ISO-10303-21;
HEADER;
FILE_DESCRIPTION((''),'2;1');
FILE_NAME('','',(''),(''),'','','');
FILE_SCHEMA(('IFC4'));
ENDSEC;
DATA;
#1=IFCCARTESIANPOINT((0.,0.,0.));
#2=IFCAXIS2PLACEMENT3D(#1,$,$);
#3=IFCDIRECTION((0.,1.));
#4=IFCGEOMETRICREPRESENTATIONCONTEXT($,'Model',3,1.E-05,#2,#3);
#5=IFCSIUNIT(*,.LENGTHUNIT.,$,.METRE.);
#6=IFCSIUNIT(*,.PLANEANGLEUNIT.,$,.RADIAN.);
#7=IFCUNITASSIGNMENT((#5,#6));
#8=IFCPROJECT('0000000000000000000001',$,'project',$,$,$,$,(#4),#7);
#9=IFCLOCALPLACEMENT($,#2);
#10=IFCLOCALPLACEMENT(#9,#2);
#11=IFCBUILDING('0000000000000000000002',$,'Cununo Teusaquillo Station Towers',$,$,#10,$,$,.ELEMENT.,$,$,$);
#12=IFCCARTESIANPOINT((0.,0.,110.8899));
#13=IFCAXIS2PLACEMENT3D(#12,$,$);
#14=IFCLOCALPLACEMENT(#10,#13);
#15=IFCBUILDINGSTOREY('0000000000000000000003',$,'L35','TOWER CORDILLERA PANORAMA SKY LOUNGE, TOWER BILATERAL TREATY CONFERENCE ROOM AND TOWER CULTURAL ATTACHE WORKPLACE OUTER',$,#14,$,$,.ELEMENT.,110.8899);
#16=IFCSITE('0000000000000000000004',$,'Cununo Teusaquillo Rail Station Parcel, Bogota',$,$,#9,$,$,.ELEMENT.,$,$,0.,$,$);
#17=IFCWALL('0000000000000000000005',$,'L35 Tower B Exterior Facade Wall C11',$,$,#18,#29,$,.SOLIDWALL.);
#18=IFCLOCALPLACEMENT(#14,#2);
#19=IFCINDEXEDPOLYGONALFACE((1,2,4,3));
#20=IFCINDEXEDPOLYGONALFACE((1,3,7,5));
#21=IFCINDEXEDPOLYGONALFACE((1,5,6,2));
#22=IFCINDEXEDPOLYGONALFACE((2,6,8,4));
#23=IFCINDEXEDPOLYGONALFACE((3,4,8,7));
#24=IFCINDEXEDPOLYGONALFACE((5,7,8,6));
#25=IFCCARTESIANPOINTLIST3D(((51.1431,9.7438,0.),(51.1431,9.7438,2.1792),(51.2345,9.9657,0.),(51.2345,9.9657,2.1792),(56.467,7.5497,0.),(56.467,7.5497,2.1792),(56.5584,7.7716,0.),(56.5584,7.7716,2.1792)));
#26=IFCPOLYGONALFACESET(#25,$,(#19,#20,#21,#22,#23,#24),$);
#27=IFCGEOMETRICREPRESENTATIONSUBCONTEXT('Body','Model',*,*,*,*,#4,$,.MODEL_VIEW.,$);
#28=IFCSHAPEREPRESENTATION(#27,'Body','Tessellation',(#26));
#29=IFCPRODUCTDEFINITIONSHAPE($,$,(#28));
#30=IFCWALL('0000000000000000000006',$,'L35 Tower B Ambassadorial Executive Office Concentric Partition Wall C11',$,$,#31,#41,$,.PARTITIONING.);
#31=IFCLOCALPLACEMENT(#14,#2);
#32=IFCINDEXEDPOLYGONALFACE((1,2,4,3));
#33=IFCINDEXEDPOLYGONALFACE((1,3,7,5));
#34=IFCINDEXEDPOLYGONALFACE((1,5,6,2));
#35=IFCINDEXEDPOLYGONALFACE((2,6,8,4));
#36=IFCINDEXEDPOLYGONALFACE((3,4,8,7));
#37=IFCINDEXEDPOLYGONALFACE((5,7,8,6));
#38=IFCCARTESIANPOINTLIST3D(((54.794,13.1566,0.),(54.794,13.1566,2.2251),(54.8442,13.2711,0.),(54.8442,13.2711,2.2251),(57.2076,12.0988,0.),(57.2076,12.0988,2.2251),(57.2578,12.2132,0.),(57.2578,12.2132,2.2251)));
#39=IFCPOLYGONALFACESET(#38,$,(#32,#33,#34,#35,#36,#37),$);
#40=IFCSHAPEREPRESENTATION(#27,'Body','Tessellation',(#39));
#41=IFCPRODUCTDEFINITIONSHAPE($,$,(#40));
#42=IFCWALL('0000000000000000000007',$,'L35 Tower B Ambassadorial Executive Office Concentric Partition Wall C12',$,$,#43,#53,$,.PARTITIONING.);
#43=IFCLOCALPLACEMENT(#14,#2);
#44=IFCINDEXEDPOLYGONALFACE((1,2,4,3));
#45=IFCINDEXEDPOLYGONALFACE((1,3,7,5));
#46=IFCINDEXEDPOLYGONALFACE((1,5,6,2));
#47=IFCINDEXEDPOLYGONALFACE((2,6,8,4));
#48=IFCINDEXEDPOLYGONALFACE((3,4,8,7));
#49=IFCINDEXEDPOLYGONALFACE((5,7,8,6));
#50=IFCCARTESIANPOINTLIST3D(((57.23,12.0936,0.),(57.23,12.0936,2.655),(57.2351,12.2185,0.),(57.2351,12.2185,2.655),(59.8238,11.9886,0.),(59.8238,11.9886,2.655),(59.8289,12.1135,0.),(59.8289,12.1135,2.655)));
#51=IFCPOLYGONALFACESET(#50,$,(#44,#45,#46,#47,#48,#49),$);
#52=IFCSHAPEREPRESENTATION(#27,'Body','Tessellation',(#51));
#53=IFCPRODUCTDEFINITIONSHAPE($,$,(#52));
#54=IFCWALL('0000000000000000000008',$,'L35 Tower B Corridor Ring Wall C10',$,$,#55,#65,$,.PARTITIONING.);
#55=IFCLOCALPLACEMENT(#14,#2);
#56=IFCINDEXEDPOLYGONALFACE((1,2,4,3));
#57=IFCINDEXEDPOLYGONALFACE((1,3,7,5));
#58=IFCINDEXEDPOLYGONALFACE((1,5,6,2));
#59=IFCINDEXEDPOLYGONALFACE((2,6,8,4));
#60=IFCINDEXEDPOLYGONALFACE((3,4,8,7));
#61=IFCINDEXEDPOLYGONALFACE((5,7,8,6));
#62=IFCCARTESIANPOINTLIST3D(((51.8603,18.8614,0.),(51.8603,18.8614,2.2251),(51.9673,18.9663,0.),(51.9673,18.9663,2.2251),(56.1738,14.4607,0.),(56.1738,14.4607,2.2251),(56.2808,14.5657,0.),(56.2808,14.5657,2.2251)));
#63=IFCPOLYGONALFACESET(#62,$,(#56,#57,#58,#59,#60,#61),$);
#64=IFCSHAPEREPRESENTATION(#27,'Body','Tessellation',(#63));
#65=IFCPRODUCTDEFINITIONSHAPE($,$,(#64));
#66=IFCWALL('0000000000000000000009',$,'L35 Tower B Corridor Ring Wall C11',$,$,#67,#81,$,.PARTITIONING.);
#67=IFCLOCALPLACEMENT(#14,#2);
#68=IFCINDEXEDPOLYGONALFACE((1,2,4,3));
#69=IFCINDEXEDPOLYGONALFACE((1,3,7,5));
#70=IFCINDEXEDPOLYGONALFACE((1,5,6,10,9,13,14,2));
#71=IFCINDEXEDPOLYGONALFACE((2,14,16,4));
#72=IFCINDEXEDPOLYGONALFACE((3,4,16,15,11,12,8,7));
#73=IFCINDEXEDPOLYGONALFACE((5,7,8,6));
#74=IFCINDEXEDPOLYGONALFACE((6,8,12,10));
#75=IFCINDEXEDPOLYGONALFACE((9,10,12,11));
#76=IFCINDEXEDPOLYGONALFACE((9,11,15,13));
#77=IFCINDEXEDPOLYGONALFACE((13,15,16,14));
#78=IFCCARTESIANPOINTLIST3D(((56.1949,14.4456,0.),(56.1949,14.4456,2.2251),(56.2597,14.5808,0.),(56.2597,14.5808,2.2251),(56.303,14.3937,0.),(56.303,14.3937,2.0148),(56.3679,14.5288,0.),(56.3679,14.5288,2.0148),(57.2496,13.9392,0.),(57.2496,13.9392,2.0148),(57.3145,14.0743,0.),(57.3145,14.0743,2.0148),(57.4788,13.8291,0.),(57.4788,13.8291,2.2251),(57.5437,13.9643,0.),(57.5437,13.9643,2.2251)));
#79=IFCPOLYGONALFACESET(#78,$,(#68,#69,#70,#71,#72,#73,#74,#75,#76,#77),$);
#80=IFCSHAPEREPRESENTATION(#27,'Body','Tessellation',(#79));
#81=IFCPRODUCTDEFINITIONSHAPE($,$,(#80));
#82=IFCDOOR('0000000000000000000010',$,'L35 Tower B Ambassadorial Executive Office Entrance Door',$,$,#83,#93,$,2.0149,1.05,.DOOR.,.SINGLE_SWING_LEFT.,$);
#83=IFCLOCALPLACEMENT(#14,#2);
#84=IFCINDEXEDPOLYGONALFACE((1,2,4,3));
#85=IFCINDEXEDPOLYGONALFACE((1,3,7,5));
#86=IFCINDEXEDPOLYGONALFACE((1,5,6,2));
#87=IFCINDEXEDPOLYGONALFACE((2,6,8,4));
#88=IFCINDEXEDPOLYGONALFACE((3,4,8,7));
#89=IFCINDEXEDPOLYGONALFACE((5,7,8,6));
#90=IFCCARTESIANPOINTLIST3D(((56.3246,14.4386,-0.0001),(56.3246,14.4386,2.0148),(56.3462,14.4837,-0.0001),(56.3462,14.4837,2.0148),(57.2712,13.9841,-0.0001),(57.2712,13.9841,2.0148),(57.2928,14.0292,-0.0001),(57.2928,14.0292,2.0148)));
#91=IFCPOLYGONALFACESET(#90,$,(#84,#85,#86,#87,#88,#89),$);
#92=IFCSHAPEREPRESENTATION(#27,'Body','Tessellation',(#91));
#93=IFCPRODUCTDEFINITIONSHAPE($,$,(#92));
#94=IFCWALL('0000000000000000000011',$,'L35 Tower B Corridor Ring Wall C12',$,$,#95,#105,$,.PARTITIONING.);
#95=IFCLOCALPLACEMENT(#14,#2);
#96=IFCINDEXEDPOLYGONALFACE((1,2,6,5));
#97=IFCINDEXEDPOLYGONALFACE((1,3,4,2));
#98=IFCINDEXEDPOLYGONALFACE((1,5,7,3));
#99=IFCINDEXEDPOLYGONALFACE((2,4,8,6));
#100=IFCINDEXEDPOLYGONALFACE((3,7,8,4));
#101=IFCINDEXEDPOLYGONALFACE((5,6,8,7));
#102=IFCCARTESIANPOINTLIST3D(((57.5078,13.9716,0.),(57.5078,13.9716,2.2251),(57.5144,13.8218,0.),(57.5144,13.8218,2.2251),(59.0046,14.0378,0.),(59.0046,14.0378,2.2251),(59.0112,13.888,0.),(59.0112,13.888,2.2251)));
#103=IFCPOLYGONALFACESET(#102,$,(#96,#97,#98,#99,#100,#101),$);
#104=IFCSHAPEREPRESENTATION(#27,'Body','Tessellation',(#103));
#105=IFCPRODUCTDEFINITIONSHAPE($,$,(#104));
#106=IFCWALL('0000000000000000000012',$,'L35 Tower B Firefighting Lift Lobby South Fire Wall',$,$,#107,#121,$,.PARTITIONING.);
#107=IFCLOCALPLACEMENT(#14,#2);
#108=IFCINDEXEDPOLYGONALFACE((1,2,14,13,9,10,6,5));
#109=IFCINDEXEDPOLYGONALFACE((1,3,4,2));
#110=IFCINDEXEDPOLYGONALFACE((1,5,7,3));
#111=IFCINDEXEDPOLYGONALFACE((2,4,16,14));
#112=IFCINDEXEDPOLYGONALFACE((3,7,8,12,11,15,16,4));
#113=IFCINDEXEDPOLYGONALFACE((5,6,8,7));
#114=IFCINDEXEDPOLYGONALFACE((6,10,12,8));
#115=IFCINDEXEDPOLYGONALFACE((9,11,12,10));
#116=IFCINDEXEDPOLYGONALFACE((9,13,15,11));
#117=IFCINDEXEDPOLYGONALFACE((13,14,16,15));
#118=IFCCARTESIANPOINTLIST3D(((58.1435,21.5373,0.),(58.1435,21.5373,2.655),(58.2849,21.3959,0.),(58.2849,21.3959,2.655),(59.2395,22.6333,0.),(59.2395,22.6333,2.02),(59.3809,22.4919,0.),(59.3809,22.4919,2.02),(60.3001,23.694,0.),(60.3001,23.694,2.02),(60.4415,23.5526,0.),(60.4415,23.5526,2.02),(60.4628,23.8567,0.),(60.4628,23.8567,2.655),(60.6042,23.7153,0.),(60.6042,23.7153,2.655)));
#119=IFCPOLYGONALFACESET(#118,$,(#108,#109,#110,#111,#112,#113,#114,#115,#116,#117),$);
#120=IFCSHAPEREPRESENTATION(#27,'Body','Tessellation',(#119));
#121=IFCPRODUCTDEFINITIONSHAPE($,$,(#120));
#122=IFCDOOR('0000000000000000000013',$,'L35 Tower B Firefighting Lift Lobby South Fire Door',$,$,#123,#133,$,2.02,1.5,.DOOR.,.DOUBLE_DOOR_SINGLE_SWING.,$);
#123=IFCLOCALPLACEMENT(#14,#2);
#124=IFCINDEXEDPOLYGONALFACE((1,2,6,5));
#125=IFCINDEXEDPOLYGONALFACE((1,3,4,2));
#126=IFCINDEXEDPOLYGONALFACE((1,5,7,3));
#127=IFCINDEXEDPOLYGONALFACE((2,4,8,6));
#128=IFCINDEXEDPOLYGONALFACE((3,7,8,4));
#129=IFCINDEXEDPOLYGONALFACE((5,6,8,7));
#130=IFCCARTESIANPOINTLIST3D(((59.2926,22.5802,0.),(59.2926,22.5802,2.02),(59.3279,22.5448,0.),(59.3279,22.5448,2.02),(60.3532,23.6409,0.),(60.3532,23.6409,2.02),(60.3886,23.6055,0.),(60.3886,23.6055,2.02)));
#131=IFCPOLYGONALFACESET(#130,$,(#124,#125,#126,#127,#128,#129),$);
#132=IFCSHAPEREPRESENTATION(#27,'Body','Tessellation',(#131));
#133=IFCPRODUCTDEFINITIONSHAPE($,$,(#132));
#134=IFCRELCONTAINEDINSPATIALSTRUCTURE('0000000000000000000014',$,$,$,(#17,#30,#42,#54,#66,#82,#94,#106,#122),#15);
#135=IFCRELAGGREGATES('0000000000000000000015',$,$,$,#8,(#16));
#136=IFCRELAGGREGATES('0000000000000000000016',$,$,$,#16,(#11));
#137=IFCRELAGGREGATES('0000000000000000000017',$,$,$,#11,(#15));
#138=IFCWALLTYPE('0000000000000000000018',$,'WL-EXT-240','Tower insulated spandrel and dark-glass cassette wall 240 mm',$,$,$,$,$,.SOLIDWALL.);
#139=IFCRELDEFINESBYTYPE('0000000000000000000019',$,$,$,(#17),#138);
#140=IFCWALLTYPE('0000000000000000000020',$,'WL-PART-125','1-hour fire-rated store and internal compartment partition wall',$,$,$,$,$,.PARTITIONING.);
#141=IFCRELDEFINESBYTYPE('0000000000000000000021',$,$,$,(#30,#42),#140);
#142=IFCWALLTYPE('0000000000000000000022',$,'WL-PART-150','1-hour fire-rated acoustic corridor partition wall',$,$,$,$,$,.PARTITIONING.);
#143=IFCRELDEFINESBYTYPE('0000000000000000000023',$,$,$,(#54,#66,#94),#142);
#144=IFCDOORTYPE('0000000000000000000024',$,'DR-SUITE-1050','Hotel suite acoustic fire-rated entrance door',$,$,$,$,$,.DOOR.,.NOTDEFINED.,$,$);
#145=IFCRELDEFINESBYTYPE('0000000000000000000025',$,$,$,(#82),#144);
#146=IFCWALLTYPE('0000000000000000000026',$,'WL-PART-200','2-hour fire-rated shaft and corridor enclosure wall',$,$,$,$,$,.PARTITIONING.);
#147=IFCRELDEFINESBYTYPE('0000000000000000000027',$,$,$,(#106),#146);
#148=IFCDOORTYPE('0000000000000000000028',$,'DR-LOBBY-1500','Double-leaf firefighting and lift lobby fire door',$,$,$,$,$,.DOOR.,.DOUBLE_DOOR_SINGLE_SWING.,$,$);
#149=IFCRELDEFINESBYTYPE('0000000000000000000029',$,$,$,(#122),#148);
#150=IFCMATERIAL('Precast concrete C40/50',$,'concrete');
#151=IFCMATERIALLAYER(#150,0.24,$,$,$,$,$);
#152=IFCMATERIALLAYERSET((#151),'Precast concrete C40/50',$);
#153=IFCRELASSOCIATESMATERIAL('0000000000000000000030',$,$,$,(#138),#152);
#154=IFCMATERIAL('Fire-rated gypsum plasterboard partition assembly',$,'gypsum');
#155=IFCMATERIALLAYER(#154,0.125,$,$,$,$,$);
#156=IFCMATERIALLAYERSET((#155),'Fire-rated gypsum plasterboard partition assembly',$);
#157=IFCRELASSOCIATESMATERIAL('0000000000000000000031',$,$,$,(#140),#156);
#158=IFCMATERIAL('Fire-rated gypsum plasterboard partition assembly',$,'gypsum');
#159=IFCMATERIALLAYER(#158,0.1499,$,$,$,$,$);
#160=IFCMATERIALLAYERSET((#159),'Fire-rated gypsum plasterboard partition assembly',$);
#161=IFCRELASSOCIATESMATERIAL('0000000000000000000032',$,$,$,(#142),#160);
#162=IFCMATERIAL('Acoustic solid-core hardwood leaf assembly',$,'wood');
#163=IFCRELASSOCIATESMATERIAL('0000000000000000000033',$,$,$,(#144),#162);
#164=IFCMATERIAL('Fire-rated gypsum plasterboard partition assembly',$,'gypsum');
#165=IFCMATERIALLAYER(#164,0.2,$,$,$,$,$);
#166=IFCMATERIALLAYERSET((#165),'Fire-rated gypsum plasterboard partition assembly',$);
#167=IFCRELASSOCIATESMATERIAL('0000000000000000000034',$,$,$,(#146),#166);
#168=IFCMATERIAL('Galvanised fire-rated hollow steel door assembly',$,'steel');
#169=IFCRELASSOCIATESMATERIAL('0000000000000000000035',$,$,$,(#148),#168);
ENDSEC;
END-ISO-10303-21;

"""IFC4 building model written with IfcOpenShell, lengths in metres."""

from ifc_helpers import new_model, si_unit, direction, frame, frame_2d, origin, place, context, subcontext, project, spatial, rectangle, extrude, source, transform, mapped, material, layer, layer_set, type_object, element, fill, save


model = new_model("IFC4")

# Units and contexts
model_context = context("Model", 3, precision=1e-05, world=origin(), true_north=direction((0.0, 1.0)))
body_context = subcontext(model_context, "Body", "Model", "MODEL_VIEW")
ifc_project = project(units=[si_unit("LENGTHUNIT", "METRE"), si_unit("PLANEANGLEUNIT", "RADIAN")], contexts=[model_context])

# Site, building, storey
site_placement = place(None, origin())
site = spatial("IfcSite", under=ifc_project, at=site_placement, Name="Cununo Teusaquillo Rail Station Parcel, Bogota", CompositionType="ELEMENT", RefElevation=0.0)
building_placement = place(site_placement, origin())
building = spatial("IfcBuilding", under=site, at=building_placement, Name="Cununo Teusaquillo Station Towers", CompositionType="ELEMENT")
storey_placement = place(building_placement, frame((0.0, 0.0, 110.8899)))
storey = spatial("IfcBuildingStorey", under=building, at=storey_placement, Name="L35", Description="TOWER CORDILLERA PANORAMA SKY LOUNGE, TOWER BILATERAL TREATY CONFERENCE ROOM AND TOWER CULTURAL ATTACHE WORKPLACE OUTER", CompositionType="ELEMENT", Elevation=110.8899)

# Shared definitions
ifc_material_1 = material(Name="Precast concrete C40/50", Category="concrete")
ifc_layer_1 = layer(ifc_material_1, 0.24)
ifc_layer_set_1 = layer_set([ifc_layer_1], Name="Precast concrete C40/50")
wall_type_1 = type_object("IfcWallType", Name="WL-EXT-240", Description="Tower insulated spandrel and dark-glass cassette wall 240 mm", PredefinedType="SOLIDWALL", material=ifc_layer_set_1)

# Walls
wall_1_placement = place(storey_placement, frame((56.5127, 7.6606, 0.0), z_axis=(0.0, 0.0, 1.0), x_axis=(-0.924564, 0.381027, 0.0)))
element("IfcWall", 1, at=wall_1_placement, inside=storey, type_object=wall_type_1, Name="L35 Tower B Exterior Facade Wall C11", PredefinedType="SOLIDWALL", context=body_context, shape_type="SweptSolid", body=[
    extrude(rectangle(XDim=5.7583, YDim=0.24, at=frame_2d((2.8792, 0.0))), origin(), (0.0, 0.0, 1.0), 2.1792),
])
ifc_material_2 = material(Name="Fire-rated gypsum plasterboard partition assembly", Category="gypsum")
ifc_layer_2 = layer(ifc_material_2, 0.125)
ifc_layer_set_2 = layer_set([ifc_layer_2], Name="Fire-rated gypsum plasterboard partition assembly")
wall_type_2 = type_object("IfcWallType", Name="WL-PART-125", Description="1-hour fire-rated store and internal compartment partition wall", PredefinedType="PARTITIONING", material=ifc_layer_set_2)
wall_2_placement = place(storey_placement, frame((54.8191, 13.2139, 0.0), z_axis=(0.0, 0.0, 1.0), x_axis=(0.915889, -0.401431, 0.0)))
element("IfcWall", 2, at=wall_2_placement, inside=storey, type_object=wall_type_2, Name="L35 Tower B Ambassadorial Executive Office Concentric Partition Wall C11", PredefinedType="PARTITIONING", context=body_context, shape_type="SweptSolid", body=[
    extrude(rectangle(XDim=2.6353, YDim=0.125, at=frame_2d((1.3176, 0.0))), origin(), (0.0, 0.0, 1.0), 2.2251),
])
wall_3_placement = place(storey_placement, frame((57.2327, 12.156, 0.0), z_axis=(0.0, 0.0, 1.0), x_axis=(0.999182, -0.040441, 0.0)))
element("IfcWall", 3, at=wall_3_placement, inside=storey, type_object=wall_type_2, Name="L35 Tower B Ambassadorial Executive Office Concentric Partition Wall C12", PredefinedType="PARTITIONING", context=body_context, shape_type="SweptSolid", body=[
    extrude(rectangle(XDim=2.5959, YDim=0.125, at=frame_2d((1.2979, 0.0))), origin(), (0.0, 0.0, 1.0), 2.655),
])
ifc_material_3 = material(Name="Fire-rated gypsum plasterboard partition assembly", Category="gypsum")
ifc_layer_3 = layer(ifc_material_3, 0.1499)
ifc_layer_set_3 = layer_set([ifc_layer_3], Name="Fire-rated gypsum plasterboard partition assembly")
wall_type_3 = type_object("IfcWallType", Name="WL-PART-150", Description="1-hour fire-rated acoustic corridor partition wall", PredefinedType="PARTITIONING", material=ifc_layer_set_3)
wall_4_placement = place(storey_placement, frame((51.9138, 18.9138, 0.0), z_axis=(0.0, 0.0, 1.0), x_axis=(0.699999, -0.714144, 0.0)))
element("IfcWall", 4, at=wall_4_placement, inside=storey, type_object=wall_type_3, Name="L35 Tower B Corridor Ring Wall C10", PredefinedType="PARTITIONING", context=body_context, shape_type="SweptSolid", body=[
    extrude(rectangle(XDim=6.1621, YDim=0.1499, at=frame_2d((3.0811, 0.0))), origin(), (0.0, 0.0, 1.0), 2.2251),
])

# Wall, opening, door
wall_5_placement = place(storey_placement, frame((56.2273, 14.5132, 0.0), z_axis=(0.0, 0.0, 1.0), x_axis=(0.901478, -0.432826, 0.0)))
wall_5 = element("IfcWall", 5, at=wall_5_placement, inside=storey, type_object=wall_type_3, Name="L35 Tower B Corridor Ring Wall C11", PredefinedType="PARTITIONING", context=body_context, shape_type="SweptSolid", body=[
    extrude(rectangle(XDim=1.4243, YDim=0.1499, at=frame_2d((0.7122, 0.0))), origin(), (0.0, 0.0, 1.0), 2.2251),
])
shared_shape_1 = source(origin(), body_context, "Body", "SweptSolid", [
    extrude(rectangle(XDim=1.05, YDim=2.0149, at=frame_2d((0.5249, 1.0073))), frame((0.0, 0.085, 0.0), z_axis=(0.0, -1.0, 0.0), x_axis=(1.0, 0.0, 0.0)), (0.0, 0.0, 1.0), 0.1699),
])
opening_1_placement = place(wall_5_placement, frame((0.1201, 0.0, 0.0)))
opening_1 = element("IfcOpeningElement", 6, at=opening_1_placement, cuts=wall_5, PredefinedType="OPENING", context=body_context, shape_type="MappedRepresentation", body=[
    mapped(shared_shape_1, transform((0.0, 0.0, 0.0), x_axis=(1.0, 0.0, 0.0), y_axis=(0.0, 1.0, 0.0), z_axis=(0.0, 0.0, 1.0), scale=1.0)),
])
ifc_material_4 = material(Name="Acoustic solid-core hardwood leaf assembly", Category="wood")
door_type_1 = type_object("IfcDoorType", Name="DR-SUITE-1050", Description="Hotel suite acoustic fire-rated entrance door", OperationType="NOTDEFINED", PredefinedType="DOOR", material=ifc_material_4)
shared_shape_2 = source(origin(), body_context, "Body", "SweptSolid", [
    extrude(rectangle(XDim=1.05, YDim=2.0149, at=frame_2d((0.5249, 1.0073))), frame((0.0, 0.0249, 0.0), z_axis=(0.0, -1.0, 0.0), x_axis=(1.0, 0.0, 0.0)), (0.0, 0.0, 1.0), 0.05),
])
door_1_placement = place(opening_1_placement, origin())
door_1 = element("IfcDoor", 7, at=door_1_placement, inside=storey, type_object=door_type_1, Name="L35 Tower B Ambassadorial Executive Office Entrance Door", OperationType="SINGLE_SWING_LEFT", OverallHeight=2.0149, OverallWidth=1.05, PredefinedType="DOOR", context=body_context, shape_type="MappedRepresentation", body=[
    mapped(shared_shape_2, transform((0.0, 0.0, 0.0), x_axis=(1.0, 0.0, 0.0), y_axis=(0.0, 1.0, 0.0), z_axis=(0.0, 0.0, 1.0), scale=1.0)),
])
fill(opening_1, door_1)

# Wall
wall_6_placement = place(storey_placement, frame((57.5112, 13.8967, 0.0), z_axis=(0.0, 0.0, 1.0), x_axis=(0.999025, 0.044158, 0.0)))
element("IfcWall", 8, at=wall_6_placement, inside=storey, type_object=wall_type_3, Name="L35 Tower B Corridor Ring Wall C12", PredefinedType="PARTITIONING", context=body_context, shape_type="SweptSolid", body=[
    extrude(rectangle(XDim=1.4983, YDim=0.1499, at=frame_2d((0.749, 0.0))), origin(), (0.0, 0.0, 1.0), 2.2251),
])

# Wall, opening, door
ifc_material_5 = material(Name="Fire-rated gypsum plasterboard partition assembly", Category="gypsum")
ifc_layer_4 = layer(ifc_material_5, 0.2)
ifc_layer_set_4 = layer_set([ifc_layer_4], Name="Fire-rated gypsum plasterboard partition assembly")
wall_type_4 = type_object("IfcWallType", Name="WL-PART-200", Description="2-hour fire-rated shaft and corridor enclosure wall", PredefinedType="PARTITIONING", material=ifc_layer_set_4)
wall_7_placement = place(storey_placement, frame((58.2141, 21.4666, 0.0), z_axis=(0.0, 0.0, 1.0), x_axis=(0.707107, 0.707107, 0.0)))
wall_7 = element("IfcWall", 9, at=wall_7_placement, inside=storey, type_object=wall_type_4, Name="L35 Tower B Firefighting Lift Lobby South Fire Wall", PredefinedType="PARTITIONING", context=body_context, shape_type="SweptSolid", body=[
    extrude(rectangle(XDim=3.28, YDim=0.2, at=frame_2d((1.6401, 0.0))), origin(), (0.0, 0.0, 1.0), 2.655),
])
shared_shape_3 = source(origin(), body_context, "Body", "SweptSolid", [
    extrude(rectangle(XDim=1.5, YDim=2.02, at=frame_2d((0.75, 1.01))), frame((0.0, 0.1099, 0.0), z_axis=(0.0, -1.0, 0.0), x_axis=(1.0, 0.0, 0.0)), (0.0, 0.0, 1.0), 0.22),
])
opening_2_placement = place(wall_7_placement, frame((1.55, 0.0, 0.0)))
opening_2 = element("IfcOpeningElement", 10, at=opening_2_placement, cuts=wall_7, PredefinedType="OPENING", context=body_context, shape_type="MappedRepresentation", body=[
    mapped(shared_shape_3, transform((0.0, 0.0, 0.0), x_axis=(1.0, 0.0, 0.0), y_axis=(0.0, 1.0, 0.0), z_axis=(0.0, 0.0, 1.0), scale=1.0)),
])
ifc_material_6 = material(Name="Galvanised fire-rated hollow steel door assembly", Category="steel")
door_type_2 = type_object("IfcDoorType", Name="DR-LOBBY-1500", Description="Double-leaf firefighting and lift lobby fire door", OperationType="DOUBLE_DOOR_SINGLE_SWING", PredefinedType="DOOR", material=ifc_material_6)
shared_shape_4 = source(origin(), body_context, "Body", "SweptSolid", [
    extrude(rectangle(XDim=1.5, YDim=2.02, at=frame_2d((0.75, 1.01))), frame((0.0, 0.0249, 0.0), z_axis=(0.0, -1.0, 0.0), x_axis=(1.0, 0.0, 0.0)), (0.0, 0.0, 1.0), 0.05),
])
door_2_placement = place(opening_2_placement, origin())
door_2 = element("IfcDoor", 11, at=door_2_placement, inside=storey, type_object=door_type_2, Name="L35 Tower B Firefighting Lift Lobby South Fire Door", OperationType="DOUBLE_DOOR_SINGLE_SWING", OverallHeight=2.02, OverallWidth=1.5, PredefinedType="DOOR", context=body_context, shape_type="MappedRepresentation", body=[
    mapped(shared_shape_4, transform((0.0, 0.0, 0.0), x_axis=(1.0, 0.0, 0.0), y_axis=(0.0, 1.0, 0.0), z_axis=(0.0, 0.0, 1.0), scale=1.0)),
])
fill(opening_2, door_2)

save(model, "model.ifc")
